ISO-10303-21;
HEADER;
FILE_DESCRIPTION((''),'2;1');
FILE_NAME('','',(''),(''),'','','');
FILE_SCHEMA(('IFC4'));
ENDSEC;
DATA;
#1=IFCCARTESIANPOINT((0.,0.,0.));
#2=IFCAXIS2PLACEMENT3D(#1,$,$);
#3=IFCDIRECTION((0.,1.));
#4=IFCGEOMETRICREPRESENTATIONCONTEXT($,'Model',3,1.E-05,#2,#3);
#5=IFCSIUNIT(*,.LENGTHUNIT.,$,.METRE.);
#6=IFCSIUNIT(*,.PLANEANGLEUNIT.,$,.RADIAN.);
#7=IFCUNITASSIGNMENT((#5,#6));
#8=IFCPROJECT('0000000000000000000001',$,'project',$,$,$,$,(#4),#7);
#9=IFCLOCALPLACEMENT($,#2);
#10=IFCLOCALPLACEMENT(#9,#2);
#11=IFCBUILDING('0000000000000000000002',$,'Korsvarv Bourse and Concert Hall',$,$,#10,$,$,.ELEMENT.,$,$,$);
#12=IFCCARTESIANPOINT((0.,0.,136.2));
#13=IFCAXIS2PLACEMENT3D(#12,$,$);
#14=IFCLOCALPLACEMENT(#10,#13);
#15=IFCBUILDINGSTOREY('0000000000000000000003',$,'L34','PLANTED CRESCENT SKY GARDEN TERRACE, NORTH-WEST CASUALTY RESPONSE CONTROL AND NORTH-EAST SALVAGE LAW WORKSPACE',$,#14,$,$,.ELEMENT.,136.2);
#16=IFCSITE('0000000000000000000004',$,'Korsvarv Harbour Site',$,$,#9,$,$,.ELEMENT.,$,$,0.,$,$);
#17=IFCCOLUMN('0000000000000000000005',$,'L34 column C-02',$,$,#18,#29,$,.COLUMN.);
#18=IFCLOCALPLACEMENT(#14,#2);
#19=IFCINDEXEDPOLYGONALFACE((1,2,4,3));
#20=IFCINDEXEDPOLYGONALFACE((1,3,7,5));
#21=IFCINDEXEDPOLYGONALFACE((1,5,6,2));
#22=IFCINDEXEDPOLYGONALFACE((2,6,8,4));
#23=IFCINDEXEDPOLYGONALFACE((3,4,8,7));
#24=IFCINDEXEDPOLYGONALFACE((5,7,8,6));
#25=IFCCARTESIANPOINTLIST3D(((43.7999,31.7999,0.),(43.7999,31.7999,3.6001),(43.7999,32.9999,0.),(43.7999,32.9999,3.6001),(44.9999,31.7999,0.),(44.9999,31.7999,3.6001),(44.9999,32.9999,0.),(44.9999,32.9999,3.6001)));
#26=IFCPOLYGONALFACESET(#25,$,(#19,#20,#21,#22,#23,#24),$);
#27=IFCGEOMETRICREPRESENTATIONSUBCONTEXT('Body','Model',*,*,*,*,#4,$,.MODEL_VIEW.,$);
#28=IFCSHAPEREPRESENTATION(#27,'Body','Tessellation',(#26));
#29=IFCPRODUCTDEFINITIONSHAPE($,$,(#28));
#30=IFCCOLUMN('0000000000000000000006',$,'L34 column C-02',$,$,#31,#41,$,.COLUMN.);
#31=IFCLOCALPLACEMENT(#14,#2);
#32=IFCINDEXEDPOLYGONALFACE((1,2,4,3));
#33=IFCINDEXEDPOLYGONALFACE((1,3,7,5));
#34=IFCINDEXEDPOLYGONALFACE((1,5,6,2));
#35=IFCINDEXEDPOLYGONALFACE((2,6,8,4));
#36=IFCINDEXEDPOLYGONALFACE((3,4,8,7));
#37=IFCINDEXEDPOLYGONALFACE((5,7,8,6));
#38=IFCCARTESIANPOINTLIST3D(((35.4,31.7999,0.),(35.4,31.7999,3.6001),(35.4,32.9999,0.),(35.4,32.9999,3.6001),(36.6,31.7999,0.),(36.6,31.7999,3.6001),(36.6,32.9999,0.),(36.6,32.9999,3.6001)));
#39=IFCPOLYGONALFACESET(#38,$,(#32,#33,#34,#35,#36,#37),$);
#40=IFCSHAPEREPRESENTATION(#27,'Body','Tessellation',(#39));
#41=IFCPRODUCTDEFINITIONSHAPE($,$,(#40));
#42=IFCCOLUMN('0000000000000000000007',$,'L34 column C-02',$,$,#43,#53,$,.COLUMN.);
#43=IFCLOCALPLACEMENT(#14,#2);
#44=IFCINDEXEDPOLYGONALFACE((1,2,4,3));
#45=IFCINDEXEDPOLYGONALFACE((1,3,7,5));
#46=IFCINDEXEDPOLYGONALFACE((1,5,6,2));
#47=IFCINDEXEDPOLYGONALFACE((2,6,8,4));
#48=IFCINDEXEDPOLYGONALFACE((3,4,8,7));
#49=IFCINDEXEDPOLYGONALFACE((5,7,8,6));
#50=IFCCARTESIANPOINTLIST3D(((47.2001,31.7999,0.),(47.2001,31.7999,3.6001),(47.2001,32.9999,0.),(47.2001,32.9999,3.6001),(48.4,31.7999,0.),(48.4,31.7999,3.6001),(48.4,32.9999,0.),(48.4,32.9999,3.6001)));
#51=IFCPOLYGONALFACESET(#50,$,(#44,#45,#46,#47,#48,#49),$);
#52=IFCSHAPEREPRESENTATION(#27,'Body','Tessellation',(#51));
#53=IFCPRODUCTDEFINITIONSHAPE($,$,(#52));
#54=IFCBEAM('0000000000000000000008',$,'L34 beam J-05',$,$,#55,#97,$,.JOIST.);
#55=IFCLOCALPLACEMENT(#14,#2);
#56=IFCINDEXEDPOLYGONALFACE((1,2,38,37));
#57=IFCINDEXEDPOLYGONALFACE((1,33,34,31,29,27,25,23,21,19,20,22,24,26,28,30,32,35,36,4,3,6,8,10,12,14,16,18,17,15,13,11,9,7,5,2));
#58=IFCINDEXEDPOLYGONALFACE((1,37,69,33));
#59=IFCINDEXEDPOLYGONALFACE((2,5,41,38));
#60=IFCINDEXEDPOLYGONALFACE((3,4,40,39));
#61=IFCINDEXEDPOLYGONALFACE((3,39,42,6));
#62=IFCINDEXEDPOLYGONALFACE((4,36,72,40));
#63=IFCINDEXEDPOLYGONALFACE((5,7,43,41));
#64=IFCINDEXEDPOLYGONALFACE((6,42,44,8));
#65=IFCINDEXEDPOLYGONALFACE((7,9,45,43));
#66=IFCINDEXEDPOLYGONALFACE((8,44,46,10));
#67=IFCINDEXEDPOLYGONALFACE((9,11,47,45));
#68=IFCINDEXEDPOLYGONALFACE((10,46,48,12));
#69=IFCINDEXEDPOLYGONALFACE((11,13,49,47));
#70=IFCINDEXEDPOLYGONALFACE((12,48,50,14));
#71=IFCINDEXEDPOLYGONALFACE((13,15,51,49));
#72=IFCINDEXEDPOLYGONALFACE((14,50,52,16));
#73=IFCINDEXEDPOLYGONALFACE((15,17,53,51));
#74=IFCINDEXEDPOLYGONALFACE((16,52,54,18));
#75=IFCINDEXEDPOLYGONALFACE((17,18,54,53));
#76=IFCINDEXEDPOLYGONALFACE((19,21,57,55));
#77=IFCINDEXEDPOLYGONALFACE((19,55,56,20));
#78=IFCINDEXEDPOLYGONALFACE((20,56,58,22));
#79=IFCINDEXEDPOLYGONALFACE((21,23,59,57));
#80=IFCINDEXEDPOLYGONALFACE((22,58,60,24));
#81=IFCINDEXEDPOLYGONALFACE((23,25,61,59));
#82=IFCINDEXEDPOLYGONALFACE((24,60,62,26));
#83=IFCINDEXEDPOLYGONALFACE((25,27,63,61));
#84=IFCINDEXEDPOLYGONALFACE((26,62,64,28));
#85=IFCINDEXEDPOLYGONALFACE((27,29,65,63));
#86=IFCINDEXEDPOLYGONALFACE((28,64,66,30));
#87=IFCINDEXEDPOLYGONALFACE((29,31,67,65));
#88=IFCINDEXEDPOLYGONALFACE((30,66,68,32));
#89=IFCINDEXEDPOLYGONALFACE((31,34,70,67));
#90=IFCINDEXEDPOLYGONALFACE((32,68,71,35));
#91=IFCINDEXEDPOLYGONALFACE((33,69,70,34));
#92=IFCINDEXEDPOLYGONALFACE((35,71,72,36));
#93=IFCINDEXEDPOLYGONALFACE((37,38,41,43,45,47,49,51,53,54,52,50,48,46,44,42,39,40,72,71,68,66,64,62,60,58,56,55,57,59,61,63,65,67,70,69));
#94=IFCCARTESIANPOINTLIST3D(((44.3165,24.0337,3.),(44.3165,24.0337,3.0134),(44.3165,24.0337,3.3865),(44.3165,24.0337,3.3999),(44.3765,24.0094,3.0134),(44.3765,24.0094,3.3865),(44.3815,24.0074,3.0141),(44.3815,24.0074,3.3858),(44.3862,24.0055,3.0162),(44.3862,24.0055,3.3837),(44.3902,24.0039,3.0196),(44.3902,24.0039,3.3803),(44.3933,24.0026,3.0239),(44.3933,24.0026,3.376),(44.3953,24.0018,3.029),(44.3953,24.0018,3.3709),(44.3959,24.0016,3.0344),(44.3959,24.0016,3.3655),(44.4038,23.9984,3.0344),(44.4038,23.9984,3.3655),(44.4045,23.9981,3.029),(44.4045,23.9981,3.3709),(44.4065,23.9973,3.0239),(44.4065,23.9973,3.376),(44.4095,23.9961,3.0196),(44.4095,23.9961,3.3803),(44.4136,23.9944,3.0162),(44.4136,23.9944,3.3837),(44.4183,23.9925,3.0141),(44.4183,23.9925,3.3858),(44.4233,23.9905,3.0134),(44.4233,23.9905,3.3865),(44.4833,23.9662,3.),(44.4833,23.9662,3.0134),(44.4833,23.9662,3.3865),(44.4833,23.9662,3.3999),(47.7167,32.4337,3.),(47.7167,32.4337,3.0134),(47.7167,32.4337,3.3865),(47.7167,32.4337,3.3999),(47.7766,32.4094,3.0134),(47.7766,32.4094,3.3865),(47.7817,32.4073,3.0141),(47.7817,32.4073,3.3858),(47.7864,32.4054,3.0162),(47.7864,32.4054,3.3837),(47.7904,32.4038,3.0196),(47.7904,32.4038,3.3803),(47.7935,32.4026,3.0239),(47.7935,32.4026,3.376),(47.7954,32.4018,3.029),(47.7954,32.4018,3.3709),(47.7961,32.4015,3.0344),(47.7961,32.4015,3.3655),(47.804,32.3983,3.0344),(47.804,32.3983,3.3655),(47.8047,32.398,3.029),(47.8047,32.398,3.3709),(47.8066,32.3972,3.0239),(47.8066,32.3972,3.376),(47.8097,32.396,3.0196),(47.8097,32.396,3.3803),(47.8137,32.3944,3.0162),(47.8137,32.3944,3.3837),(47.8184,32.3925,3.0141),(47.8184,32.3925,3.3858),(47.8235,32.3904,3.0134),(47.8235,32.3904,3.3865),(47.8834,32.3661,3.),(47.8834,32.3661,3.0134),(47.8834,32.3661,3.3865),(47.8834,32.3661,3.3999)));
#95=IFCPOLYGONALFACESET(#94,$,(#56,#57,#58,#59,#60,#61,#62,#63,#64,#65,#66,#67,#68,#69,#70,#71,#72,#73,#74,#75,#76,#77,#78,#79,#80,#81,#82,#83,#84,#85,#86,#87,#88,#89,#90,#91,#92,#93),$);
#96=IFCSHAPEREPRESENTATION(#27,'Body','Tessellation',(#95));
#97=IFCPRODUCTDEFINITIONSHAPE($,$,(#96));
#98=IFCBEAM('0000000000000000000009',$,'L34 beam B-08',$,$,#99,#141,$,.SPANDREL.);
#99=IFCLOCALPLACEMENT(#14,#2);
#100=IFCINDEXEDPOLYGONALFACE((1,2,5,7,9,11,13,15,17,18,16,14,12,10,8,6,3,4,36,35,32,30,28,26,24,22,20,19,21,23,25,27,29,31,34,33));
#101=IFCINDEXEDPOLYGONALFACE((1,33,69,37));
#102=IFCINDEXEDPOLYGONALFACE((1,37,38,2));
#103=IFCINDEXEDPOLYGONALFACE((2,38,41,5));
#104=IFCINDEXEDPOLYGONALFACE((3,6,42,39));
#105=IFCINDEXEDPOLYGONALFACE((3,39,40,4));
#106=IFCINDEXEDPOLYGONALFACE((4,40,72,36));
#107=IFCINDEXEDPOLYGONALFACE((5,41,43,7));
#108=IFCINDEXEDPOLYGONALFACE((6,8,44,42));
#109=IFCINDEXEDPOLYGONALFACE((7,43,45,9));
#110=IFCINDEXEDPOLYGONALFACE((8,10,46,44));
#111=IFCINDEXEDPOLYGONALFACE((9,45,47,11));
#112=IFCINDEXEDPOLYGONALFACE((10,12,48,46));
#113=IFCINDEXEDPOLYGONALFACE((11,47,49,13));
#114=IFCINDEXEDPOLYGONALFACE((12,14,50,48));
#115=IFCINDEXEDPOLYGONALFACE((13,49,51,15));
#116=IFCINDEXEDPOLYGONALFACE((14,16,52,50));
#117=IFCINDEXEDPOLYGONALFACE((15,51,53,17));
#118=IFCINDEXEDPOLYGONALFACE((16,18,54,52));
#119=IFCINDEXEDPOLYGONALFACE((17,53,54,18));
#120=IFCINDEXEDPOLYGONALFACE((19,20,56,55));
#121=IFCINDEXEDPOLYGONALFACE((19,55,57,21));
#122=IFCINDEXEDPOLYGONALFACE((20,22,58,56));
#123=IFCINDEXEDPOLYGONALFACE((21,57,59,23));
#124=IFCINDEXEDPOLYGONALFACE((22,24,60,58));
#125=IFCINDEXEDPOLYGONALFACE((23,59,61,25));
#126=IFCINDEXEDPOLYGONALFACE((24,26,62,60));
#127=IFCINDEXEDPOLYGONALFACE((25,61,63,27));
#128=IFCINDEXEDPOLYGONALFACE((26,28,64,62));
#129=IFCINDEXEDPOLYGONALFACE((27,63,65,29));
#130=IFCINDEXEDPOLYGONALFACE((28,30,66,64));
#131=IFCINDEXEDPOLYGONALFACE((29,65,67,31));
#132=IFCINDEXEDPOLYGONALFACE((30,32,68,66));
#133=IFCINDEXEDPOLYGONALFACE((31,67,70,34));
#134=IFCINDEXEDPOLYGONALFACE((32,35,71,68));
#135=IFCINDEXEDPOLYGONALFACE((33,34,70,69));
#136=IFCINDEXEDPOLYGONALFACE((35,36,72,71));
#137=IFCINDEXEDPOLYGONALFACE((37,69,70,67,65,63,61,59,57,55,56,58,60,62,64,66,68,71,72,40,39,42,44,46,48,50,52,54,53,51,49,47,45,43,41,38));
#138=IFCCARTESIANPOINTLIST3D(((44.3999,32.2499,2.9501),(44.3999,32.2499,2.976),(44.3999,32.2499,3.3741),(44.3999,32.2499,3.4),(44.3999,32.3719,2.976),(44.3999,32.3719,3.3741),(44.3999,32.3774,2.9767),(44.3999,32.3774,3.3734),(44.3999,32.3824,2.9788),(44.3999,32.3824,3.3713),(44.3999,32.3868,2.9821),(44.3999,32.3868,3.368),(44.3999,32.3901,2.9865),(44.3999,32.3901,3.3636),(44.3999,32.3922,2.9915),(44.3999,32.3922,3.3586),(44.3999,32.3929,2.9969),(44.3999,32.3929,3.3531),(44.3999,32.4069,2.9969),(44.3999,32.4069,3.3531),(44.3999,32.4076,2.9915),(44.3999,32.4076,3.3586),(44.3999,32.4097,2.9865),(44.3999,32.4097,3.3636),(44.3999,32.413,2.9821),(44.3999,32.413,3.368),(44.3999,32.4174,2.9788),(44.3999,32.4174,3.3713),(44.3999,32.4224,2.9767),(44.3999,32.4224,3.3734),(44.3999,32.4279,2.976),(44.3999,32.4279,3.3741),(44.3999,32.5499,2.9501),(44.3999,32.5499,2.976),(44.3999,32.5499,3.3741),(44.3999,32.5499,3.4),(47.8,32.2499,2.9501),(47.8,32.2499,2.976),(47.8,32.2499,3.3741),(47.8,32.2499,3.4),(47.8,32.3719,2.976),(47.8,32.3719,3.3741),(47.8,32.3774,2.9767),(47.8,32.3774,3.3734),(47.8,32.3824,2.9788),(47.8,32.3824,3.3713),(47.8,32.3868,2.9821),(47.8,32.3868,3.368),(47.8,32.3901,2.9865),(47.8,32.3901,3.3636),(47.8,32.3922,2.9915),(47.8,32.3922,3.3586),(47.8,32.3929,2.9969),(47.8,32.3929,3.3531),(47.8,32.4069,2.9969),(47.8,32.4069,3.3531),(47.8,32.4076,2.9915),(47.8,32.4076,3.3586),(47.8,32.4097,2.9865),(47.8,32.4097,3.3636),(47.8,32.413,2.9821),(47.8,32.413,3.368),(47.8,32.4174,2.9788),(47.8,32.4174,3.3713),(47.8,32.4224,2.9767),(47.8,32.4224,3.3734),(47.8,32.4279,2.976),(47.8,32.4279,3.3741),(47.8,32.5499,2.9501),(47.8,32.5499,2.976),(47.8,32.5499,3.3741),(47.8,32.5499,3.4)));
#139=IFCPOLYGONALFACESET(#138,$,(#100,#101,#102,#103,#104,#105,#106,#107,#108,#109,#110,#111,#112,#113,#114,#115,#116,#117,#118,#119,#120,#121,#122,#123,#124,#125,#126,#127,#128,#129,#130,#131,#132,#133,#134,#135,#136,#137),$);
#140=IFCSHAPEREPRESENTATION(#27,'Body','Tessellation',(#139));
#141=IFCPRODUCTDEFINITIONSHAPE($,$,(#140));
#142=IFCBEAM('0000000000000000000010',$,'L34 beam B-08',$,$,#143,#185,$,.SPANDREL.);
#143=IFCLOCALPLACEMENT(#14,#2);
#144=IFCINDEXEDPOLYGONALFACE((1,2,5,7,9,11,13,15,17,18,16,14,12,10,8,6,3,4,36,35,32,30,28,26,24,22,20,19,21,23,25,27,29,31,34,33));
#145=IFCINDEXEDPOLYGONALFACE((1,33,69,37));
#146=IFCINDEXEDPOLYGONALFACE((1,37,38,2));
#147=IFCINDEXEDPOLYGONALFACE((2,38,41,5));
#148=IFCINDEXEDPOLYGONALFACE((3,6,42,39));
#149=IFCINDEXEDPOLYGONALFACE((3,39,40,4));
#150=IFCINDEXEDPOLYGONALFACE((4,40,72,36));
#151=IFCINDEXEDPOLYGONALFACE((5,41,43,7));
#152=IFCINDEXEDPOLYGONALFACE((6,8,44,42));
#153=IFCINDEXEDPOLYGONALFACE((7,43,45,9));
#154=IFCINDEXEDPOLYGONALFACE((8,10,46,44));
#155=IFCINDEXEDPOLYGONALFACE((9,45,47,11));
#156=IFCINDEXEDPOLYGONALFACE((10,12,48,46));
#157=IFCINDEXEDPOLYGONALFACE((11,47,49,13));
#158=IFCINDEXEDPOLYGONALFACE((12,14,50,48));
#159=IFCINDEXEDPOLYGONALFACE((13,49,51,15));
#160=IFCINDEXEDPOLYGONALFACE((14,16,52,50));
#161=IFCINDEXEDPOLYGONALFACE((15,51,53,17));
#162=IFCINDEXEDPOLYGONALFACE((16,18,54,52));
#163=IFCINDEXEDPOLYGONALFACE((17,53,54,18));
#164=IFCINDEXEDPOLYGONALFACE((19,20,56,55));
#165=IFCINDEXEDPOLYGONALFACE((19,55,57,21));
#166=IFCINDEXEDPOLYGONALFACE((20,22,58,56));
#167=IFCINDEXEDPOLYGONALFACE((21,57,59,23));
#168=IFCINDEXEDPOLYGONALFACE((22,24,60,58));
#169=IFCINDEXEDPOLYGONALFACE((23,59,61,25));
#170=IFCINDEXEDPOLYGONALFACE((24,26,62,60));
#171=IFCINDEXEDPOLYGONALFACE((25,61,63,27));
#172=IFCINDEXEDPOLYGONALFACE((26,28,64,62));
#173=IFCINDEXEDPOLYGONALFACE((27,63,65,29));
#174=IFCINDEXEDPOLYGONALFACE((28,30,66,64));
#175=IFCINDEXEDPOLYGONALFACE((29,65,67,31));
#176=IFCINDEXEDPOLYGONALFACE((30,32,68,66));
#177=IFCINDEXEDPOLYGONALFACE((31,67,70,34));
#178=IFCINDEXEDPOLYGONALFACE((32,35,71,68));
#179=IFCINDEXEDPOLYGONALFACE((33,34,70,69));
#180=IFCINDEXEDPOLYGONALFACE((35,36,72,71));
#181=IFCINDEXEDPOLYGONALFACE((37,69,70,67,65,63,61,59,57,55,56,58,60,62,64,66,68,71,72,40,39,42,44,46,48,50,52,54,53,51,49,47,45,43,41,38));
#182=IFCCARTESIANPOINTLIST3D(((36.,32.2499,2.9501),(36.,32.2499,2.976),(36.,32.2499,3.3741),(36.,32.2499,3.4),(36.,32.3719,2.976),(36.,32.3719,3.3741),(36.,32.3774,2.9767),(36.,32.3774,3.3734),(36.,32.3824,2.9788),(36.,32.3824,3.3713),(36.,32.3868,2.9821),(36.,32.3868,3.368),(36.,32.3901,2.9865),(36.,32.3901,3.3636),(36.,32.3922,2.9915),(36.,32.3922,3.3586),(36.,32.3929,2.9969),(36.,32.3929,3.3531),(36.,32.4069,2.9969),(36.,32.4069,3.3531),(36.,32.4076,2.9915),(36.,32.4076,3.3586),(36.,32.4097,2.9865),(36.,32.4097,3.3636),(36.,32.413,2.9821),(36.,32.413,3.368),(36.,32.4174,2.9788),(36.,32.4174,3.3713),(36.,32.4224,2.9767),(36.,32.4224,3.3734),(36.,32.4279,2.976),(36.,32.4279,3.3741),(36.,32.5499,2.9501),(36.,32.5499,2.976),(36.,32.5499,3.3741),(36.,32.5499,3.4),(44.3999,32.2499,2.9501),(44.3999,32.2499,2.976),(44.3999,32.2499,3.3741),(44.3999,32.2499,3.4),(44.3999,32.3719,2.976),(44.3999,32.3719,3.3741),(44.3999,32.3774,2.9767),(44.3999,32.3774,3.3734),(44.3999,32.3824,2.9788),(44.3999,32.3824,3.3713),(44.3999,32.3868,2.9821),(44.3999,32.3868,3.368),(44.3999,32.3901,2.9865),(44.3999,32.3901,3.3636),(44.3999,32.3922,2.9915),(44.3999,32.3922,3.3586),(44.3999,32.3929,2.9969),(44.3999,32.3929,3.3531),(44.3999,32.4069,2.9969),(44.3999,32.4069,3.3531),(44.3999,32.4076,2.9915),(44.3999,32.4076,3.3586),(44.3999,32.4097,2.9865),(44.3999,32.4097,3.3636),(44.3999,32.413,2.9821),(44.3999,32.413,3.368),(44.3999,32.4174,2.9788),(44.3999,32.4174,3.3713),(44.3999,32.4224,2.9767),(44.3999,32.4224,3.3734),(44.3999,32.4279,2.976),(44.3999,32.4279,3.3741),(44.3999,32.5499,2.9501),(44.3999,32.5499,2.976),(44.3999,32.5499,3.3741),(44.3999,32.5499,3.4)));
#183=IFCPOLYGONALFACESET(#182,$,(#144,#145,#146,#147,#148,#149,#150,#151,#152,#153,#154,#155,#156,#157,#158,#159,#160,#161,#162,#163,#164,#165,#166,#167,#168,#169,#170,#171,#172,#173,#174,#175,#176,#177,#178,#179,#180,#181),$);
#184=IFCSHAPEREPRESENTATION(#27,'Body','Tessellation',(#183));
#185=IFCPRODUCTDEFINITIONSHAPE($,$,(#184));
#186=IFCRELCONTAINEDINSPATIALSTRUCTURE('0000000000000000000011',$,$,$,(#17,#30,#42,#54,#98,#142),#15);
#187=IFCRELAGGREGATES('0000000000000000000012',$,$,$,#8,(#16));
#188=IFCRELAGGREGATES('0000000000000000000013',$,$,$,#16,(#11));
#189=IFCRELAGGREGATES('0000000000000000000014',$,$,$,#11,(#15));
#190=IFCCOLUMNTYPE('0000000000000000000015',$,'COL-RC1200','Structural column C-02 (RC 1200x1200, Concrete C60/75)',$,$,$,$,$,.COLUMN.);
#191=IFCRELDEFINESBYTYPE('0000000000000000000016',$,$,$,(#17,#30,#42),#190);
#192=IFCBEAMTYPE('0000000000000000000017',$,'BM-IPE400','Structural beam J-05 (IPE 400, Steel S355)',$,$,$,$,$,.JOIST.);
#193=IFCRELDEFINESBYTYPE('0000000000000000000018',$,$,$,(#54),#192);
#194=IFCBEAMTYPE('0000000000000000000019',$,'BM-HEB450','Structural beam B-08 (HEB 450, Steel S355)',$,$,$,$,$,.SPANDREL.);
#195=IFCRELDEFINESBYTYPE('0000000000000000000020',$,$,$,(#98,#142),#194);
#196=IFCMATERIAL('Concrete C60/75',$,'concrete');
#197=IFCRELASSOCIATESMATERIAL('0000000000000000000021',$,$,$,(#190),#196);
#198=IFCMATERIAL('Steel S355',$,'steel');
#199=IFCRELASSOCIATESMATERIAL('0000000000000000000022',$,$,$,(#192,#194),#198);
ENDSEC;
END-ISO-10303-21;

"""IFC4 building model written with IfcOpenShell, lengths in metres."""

from ifc_helpers import new_model, si_unit, direction, frame, origin, origin_2d, place, context, subcontext, project, spatial, rectangle, i_section, extrude, source, transform, mapped, material, material_profile, profile_set, type_object, element, save


model = new_model("IFC4")

# Units and contexts
model_context = context("Model", 3, precision=1e-05, world=origin(), true_north=direction((0.0, 1.0)))
body_context = subcontext(model_context, "Body", "Model", "MODEL_VIEW")
ifc_project = project(units=[si_unit("LENGTHUNIT", "METRE"), si_unit("PLANEANGLEUNIT", "RADIAN")], contexts=[model_context])

# Site, building, storey
site_placement = place(None, origin())
site = spatial("IfcSite", under=ifc_project, at=site_placement, Name="Korsvarv Harbour Site", CompositionType="ELEMENT", RefElevation=0.0)
building_placement = place(site_placement, origin())
building = spatial("IfcBuilding", under=site, at=building_placement, Name="Korsvarv Bourse and Concert Hall", CompositionType="ELEMENT")
storey_placement = place(building_placement, frame((0.0, 0.0, 136.2)))
storey = spatial("IfcBuildingStorey", under=building, at=storey_placement, Name="L34", Description="PLANTED CRESCENT SKY GARDEN TERRACE, NORTH-WEST CASUALTY RESPONSE CONTROL AND NORTH-EAST SALVAGE LAW WORKSPACE", CompositionType="ELEMENT", Elevation=136.2)

# Columns
ifc_material_1 = material(Name="Concrete C60/75", Category="concrete")
ifc_material_profile_1 = material_profile(ifc_material_1, rectangle(XDim=1.2, YDim=1.2, at=origin_2d()), Name="RC 1200x1200")
ifc_profile_set_1 = profile_set([ifc_material_profile_1], Name="Concrete C60/75")
column_type = type_object("IfcColumnType", Name="COL-RC1200", Description="Structural column C-02 (RC 1200x1200, Concrete C60/75)", PredefinedType="COLUMN", material=ifc_profile_set_1)
shared_shape_1 = source(origin(), body_context, "Body", "SweptSolid", [
    extrude(rectangle(XDim=1.2, YDim=1.2, at=origin_2d()), origin(), (0.0, 0.0, 1.0), 3.6001),
])
for number, where, z_axis, x_axis, name in (
    (1, (44.3999, 32.3999, 0.0), (0.0, 0.0, 1.0), (1.0, 0.0, 0.0), "L34 column C-02"),
    (2, (36.0, 32.3999, 0.0), (0.0, 0.0, 1.0), (1.0, 0.0, 0.0), "L34 column C-02"),
    (3, (47.8, 32.3999, 0.0), (0.0, 0.0, 1.0), (1.0, 0.0, 0.0), "L34 column C-02"),
):
    element("IfcColumn", number, at=place(storey_placement, frame(where, z_axis=z_axis, x_axis=x_axis)), inside=storey, type_object=column_type, Name=name, PredefinedType="COLUMN", context=body_context, shape_type="MappedRepresentation", body=[
        mapped(shared_shape_1, transform((0.0, 0.0, 0.0), scale=1.0)),
    ])

# Beams
ifc_material_2 = material(Name="Steel S355", Category="steel")
ifc_material_profile_2 = material_profile(ifc_material_2, i_section(OverallWidth=0.1799, OverallDepth=0.3999, WebThickness=0.0085, FlangeThickness=0.0134, FilletRadius=0.021, at=origin_2d()), Name="IPE 400")
ifc_profile_set_2 = profile_set([ifc_material_profile_2], Name="Steel S355")
beam_type_1 = type_object("IfcBeamType", Name="BM-IPE400", Description="Structural beam J-05 (IPE 400, Steel S355)", PredefinedType="JOIST", material=ifc_profile_set_2)
shared_shape_2 = source(origin(), body_context, "Body", "SweptSolid", [
    extrude(i_section(OverallWidth=0.1799, OverallDepth=0.3999, WebThickness=0.0085, FlangeThickness=0.0134, FilletRadius=0.021, at=origin_2d()), origin(), (0.0, 0.0, 1.0), 9.062),
])
beam_1_placement = place(storey_placement, frame((47.8, 32.3999, 3.2), z_axis=(-0.37521, -0.92694, 0.0), x_axis=(0.92694, -0.37521, 0.0)))
element("IfcBeam", 4, at=beam_1_placement, inside=storey, type_object=beam_type_1, Name="L34 beam J-05", PredefinedType="JOIST", context=body_context, shape_type="MappedRepresentation", body=[
    mapped(shared_shape_2, transform((0.0, 0.0, 0.0), scale=1.0)),
])
ifc_material_profile_3 = material_profile(ifc_material_2, i_section(OverallWidth=0.3, OverallDepth=0.45, WebThickness=0.0139, FlangeThickness=0.0259, FilletRadius=0.021, at=origin_2d()), Name="HEB 450")
ifc_profile_set_3 = profile_set([ifc_material_profile_3], Name="Steel S355")
beam_type_2 = type_object("IfcBeamType", Name="BM-HEB450", Description="Structural beam B-08 (HEB 450, Steel S355)", PredefinedType="SPANDREL", material=ifc_profile_set_3)
shared_shape_3 = source(origin(), body_context, "Body", "SweptSolid", [
    extrude(i_section(OverallWidth=0.3, OverallDepth=0.45, WebThickness=0.0139, FlangeThickness=0.0259, FilletRadius=0.021, at=origin_2d()), origin(), (0.0, 0.0, 1.0), 3.4001),
])
beam_2_placement = place(storey_placement, frame((44.3999, 32.3999, 3.175), z_axis=(1.0, 0.0, 0.0), x_axis=(0.0, 1.0, 0.0)))
element("IfcBeam", 5, at=beam_2_placement, inside=storey, type_object=beam_type_2, Name="L34 beam B-08", PredefinedType="SPANDREL", context=body_context, shape_type="MappedRepresentation", body=[
    mapped(shared_shape_3, transform((0.0, 0.0, 0.0), scale=1.0)),
])
shared_shape_4 = source(origin(), body_context, "Body", "SweptSolid", [
    extrude(i_section(OverallWidth=0.3, OverallDepth=0.45, WebThickness=0.0139, FlangeThickness=0.0259, FilletRadius=0.021, at=origin_2d()), origin(), (0.0, 0.0, 1.0), 8.3999),
])
beam_3_placement = place(storey_placement, frame((36.0, 32.3999, 3.175), z_axis=(1.0, 0.0, 0.0), x_axis=(0.0, 1.0, 0.0)))
element("IfcBeam", 6, at=beam_3_placement, inside=storey, type_object=beam_type_2, Name="L34 beam B-08", PredefinedType="SPANDREL", context=body_context, shape_type="MappedRepresentation", body=[
    mapped(shared_shape_4, transform((0.0, 0.0, 0.0), scale=1.0)),
])

save(model, "model.ifc")
